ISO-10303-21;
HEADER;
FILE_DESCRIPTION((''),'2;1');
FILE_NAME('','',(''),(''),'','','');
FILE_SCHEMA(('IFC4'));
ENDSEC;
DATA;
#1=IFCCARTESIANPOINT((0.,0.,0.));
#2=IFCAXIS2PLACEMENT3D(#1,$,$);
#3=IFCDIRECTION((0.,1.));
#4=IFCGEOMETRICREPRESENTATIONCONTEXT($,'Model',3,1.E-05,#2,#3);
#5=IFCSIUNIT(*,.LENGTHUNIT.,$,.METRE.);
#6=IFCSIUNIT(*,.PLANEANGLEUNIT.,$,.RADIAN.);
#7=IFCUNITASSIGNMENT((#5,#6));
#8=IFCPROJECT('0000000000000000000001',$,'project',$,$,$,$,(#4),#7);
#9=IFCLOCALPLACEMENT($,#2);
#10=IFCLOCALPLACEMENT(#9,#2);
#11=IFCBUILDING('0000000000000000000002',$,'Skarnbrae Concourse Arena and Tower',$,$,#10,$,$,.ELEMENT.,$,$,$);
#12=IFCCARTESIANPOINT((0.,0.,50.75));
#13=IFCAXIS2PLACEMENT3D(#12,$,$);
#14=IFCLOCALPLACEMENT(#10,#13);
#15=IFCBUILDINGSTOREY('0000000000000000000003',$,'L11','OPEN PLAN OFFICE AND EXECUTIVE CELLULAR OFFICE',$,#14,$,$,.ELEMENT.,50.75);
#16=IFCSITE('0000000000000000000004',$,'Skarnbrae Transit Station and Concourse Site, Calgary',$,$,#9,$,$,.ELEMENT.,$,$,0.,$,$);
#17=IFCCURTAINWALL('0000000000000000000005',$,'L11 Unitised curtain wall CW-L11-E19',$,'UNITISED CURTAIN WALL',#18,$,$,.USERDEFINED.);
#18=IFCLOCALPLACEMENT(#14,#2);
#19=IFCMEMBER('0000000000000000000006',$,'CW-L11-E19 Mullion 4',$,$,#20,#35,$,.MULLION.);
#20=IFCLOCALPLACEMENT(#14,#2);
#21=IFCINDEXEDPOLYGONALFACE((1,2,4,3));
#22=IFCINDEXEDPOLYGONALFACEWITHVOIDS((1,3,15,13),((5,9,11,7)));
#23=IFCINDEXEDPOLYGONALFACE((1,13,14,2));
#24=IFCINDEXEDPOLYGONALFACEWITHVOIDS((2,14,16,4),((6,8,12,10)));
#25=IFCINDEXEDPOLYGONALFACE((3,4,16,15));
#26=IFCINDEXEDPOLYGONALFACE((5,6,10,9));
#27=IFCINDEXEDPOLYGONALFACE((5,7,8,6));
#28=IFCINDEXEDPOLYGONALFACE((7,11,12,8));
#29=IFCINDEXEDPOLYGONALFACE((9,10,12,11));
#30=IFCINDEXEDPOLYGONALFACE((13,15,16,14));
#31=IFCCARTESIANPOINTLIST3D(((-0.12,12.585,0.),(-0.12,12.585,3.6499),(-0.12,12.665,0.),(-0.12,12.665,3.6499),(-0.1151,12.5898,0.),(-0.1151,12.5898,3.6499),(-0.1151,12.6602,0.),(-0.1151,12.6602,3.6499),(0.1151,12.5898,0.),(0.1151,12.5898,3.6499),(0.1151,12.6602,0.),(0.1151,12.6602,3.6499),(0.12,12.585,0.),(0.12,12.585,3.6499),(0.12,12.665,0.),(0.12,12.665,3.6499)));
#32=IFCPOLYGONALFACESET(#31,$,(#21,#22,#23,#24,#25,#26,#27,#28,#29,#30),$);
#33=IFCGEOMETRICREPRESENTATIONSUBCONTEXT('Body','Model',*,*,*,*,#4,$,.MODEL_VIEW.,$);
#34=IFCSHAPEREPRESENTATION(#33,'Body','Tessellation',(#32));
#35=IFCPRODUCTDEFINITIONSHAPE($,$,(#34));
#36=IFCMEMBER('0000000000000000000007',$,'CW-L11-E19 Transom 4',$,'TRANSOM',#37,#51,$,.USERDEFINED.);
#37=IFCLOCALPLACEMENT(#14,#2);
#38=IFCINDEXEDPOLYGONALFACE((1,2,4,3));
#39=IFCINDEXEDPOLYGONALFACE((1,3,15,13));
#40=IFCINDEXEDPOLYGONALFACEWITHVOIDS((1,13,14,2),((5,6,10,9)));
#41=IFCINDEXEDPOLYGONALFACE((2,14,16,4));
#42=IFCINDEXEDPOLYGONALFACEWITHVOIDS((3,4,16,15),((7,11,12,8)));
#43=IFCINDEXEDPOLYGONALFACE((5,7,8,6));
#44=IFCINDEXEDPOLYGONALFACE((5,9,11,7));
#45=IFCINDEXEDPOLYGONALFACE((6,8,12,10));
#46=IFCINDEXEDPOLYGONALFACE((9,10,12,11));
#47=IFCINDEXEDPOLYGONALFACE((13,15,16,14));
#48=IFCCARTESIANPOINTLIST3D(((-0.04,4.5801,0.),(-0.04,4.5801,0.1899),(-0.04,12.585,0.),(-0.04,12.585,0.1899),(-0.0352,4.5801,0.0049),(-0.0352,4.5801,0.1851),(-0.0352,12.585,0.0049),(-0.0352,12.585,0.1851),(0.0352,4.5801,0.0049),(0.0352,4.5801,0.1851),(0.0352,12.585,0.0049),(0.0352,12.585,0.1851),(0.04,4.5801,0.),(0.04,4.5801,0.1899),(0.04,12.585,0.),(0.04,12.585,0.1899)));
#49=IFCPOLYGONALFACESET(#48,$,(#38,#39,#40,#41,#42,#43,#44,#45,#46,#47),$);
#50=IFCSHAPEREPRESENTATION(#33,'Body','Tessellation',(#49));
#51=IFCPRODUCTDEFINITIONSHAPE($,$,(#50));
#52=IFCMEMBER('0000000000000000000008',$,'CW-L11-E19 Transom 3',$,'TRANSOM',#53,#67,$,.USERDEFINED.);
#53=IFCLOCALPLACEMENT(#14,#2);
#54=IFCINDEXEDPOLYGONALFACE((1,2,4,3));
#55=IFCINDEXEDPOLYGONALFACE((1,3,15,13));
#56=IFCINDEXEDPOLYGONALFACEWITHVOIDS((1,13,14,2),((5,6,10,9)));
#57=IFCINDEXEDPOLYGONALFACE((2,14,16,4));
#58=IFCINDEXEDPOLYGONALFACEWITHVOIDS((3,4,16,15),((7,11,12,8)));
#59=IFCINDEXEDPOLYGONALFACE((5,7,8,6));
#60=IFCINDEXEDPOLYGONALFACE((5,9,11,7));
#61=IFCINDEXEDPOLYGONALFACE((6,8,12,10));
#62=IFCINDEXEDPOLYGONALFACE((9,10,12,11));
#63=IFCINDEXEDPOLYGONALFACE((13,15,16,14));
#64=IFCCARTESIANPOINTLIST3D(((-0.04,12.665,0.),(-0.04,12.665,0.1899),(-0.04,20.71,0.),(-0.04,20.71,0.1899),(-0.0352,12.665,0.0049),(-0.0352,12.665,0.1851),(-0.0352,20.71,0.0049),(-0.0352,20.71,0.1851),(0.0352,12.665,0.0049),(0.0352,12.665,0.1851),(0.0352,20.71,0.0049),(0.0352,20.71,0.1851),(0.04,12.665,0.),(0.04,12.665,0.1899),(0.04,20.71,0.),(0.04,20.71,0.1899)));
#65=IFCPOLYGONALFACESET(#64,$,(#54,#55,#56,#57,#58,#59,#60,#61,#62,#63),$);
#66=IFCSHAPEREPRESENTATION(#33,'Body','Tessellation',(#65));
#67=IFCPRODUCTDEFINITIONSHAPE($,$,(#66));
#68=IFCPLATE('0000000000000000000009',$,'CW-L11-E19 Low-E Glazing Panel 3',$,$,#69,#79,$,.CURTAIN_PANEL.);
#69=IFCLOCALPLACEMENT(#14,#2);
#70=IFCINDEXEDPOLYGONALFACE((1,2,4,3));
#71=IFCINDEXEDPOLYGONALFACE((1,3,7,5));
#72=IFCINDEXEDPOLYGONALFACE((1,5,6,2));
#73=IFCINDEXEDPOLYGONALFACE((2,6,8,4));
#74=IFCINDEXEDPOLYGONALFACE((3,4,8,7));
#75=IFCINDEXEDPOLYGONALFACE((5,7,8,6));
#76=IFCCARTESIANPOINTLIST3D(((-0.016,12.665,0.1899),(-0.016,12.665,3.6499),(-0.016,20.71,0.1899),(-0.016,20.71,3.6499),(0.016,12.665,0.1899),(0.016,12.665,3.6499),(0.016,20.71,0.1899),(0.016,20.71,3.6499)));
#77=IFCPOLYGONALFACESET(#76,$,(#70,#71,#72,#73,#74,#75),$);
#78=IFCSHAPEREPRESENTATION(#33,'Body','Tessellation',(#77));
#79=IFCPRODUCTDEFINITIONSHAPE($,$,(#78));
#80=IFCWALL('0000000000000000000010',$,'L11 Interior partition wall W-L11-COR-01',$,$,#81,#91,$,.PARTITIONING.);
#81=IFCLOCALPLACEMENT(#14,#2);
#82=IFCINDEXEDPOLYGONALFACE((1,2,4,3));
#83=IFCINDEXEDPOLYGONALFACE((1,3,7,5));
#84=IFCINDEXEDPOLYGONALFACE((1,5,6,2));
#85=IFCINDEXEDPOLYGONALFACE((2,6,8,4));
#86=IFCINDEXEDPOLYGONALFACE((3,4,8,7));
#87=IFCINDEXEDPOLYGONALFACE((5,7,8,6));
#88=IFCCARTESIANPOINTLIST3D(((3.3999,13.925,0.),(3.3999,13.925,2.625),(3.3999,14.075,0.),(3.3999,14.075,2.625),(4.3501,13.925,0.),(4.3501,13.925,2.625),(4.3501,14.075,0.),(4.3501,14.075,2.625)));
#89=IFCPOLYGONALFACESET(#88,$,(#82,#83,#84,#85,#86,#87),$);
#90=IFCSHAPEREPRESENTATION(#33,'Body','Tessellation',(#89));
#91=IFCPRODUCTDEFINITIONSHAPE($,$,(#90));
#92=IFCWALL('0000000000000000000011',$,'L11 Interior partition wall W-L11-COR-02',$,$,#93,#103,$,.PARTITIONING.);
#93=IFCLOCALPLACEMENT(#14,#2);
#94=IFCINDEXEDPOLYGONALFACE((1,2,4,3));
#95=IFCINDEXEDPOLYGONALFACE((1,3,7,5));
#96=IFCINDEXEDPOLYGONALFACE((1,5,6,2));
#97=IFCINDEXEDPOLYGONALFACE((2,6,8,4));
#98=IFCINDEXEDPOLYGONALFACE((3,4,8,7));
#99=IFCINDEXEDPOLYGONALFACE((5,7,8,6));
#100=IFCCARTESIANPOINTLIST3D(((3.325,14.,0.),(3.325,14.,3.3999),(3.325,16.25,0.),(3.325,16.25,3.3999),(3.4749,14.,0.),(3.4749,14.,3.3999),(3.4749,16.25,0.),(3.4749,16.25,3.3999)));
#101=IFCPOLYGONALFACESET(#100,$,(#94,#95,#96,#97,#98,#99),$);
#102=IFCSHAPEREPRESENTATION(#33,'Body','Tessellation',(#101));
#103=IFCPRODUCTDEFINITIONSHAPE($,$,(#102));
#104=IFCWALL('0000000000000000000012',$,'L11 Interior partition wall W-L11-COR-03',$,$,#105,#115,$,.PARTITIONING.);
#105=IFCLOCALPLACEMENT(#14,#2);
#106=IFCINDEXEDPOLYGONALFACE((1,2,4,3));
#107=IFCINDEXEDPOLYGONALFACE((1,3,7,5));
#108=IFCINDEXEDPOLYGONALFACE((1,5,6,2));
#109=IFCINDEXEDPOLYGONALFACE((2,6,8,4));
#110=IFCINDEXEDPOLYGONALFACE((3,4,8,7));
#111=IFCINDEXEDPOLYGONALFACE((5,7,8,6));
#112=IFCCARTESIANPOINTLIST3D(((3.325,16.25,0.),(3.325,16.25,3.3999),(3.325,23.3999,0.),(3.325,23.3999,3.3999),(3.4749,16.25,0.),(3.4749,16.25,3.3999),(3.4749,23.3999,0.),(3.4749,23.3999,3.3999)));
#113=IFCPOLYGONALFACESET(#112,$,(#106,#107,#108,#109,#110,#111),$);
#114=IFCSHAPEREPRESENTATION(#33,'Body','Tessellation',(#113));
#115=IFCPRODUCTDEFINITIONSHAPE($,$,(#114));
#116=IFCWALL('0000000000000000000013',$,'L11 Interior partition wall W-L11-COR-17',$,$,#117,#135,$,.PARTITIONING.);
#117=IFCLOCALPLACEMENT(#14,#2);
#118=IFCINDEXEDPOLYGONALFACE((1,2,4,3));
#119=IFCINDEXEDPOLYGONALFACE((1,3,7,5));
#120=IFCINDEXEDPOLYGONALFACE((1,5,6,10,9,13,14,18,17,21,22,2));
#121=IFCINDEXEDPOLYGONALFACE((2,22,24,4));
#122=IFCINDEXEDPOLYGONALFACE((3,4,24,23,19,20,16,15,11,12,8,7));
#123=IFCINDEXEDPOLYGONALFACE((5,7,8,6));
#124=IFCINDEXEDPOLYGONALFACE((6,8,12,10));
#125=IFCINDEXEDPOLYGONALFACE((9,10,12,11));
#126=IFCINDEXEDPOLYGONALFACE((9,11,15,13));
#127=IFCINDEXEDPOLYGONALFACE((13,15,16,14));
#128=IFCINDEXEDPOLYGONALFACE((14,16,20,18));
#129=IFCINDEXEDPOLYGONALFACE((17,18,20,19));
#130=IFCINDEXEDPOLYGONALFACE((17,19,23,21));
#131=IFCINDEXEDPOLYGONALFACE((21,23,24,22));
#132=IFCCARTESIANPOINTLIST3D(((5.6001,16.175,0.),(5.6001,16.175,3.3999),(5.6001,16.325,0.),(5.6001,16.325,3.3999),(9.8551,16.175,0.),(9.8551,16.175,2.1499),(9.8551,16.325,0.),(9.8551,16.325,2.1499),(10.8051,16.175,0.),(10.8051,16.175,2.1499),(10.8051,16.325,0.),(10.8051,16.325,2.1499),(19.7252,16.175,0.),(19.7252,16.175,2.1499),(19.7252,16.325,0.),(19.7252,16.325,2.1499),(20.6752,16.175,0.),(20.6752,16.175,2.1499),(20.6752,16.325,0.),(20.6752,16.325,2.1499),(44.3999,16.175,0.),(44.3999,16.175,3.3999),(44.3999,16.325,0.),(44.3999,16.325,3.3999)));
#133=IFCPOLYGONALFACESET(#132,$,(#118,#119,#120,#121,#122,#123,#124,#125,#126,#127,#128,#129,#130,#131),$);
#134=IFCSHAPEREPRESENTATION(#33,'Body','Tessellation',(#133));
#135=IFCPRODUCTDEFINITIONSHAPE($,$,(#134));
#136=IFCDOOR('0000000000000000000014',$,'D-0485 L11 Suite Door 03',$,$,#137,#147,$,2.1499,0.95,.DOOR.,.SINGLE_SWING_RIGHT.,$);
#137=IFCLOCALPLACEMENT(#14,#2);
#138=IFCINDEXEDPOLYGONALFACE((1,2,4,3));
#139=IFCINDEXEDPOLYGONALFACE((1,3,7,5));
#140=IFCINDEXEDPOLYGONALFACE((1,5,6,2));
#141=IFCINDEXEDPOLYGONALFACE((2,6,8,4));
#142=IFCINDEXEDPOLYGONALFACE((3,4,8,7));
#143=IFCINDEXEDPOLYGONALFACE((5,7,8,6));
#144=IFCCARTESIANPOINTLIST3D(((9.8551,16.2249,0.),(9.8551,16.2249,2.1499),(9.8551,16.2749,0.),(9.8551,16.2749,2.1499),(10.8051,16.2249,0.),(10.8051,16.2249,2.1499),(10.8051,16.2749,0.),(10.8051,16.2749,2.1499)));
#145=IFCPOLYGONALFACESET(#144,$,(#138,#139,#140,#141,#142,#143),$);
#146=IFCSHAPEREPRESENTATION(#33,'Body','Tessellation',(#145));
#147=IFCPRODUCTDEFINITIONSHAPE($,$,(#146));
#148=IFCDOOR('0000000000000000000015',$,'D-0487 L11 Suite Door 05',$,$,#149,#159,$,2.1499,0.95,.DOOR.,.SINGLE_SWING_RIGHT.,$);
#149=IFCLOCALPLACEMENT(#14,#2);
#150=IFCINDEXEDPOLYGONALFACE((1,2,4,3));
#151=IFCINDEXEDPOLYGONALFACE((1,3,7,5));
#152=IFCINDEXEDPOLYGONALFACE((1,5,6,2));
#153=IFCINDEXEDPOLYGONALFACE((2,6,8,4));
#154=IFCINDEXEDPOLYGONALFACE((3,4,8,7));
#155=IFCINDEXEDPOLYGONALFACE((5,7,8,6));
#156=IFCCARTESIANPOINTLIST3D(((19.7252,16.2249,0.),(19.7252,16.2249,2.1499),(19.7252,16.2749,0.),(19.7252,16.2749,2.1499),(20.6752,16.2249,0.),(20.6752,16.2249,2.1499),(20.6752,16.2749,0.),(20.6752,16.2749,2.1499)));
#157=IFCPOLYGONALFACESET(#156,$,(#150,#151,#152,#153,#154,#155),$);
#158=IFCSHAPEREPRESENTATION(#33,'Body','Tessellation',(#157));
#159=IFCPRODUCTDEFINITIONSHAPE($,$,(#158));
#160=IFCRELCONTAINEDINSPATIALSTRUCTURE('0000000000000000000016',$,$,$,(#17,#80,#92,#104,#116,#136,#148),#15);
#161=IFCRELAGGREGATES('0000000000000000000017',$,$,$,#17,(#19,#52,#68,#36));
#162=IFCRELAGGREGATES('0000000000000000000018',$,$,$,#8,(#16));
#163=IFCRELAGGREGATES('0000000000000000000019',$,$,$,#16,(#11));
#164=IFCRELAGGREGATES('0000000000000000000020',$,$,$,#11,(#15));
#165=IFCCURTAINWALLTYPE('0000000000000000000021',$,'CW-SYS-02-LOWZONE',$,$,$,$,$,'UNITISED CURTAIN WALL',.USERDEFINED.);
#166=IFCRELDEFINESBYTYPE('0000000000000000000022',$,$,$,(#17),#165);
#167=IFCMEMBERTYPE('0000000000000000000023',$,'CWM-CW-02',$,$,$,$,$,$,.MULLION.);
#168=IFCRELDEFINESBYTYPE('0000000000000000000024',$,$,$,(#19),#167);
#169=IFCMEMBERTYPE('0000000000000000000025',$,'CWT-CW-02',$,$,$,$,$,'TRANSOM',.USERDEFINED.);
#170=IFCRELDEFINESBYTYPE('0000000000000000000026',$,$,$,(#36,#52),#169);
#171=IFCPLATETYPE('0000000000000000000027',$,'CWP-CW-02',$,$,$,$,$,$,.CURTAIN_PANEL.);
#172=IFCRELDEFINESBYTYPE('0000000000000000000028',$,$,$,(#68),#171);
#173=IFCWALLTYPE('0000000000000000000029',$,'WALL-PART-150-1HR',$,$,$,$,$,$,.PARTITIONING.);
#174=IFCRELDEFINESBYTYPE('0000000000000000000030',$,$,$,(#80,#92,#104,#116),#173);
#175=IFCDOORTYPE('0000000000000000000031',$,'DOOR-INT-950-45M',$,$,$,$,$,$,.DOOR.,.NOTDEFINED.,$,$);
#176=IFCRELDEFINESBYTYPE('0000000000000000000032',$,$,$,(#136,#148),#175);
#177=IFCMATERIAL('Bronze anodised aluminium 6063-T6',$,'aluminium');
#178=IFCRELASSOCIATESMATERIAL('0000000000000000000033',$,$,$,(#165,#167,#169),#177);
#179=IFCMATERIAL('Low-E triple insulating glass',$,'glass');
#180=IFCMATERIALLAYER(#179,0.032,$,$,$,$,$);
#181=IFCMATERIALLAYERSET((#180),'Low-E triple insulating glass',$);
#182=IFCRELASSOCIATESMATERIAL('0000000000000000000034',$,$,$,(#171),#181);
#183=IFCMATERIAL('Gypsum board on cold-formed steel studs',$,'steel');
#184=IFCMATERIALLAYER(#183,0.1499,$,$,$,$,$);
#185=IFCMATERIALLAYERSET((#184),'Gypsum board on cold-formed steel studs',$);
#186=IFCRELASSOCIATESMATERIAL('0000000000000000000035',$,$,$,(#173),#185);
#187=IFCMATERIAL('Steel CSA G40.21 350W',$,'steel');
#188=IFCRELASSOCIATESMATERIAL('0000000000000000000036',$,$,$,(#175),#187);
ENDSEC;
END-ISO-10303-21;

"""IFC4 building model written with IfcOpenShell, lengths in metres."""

from ifc_helpers import new_model, si_unit, direction, frame, frame_2d, origin, origin_2d, place, context, subcontext, project, spatial, rectangle, hollow_rectangle, extrude, source, transform, mapped, material, layer, layer_set, material_profile, profile_set, type_object, element, fill, aggregate, save


model = new_model("IFC4")

# Units and contexts
model_context = context("Model", 3, precision=1e-05, world=origin(), true_north=direction((0.0, 1.0)))
body_context = subcontext(model_context, "Body", "Model", "MODEL_VIEW")
ifc_project = project(units=[si_unit("LENGTHUNIT", "METRE"), si_unit("PLANEANGLEUNIT", "RADIAN")], contexts=[model_context])

# Site, building, storey
site_placement = place(None, origin())
site = spatial("IfcSite", under=ifc_project, at=site_placement, Name="Skarnbrae Transit Station and Concourse Site, Calgary", CompositionType="ELEMENT", RefElevation=0.0)
building_placement = place(site_placement, origin())
building = spatial("IfcBuilding", under=site, at=building_placement, Name="Skarnbrae Concourse Arena and Tower", CompositionType="ELEMENT")
storey_placement = place(building_placement, frame((0.0, 0.0, 50.75)))
storey = spatial("IfcBuildingStorey", under=building, at=storey_placement, Name="L11", Description="OPEN PLAN OFFICE AND EXECUTIVE CELLULAR OFFICE", CompositionType="ELEMENT", Elevation=50.75)

# Shared definitions
ifc_material_1 = material(Name="Steel CSA G40.21 350W", Category="steel")

# Curtain wall, members, plate
ifc_material_2 = material(Name="Bronze anodised aluminium 6063-T6", Category="aluminium")
curtain_wall_type = type_object("IfcCurtainWallType", Name="CW-SYS-02-LOWZONE", ElementType="UNITISED CURTAIN WALL", PredefinedType="USERDEFINED", material=ifc_material_2)
curtain_wall_placement = place(storey_placement, origin())
curtain_wall = element("IfcCurtainWall", 1, at=curtain_wall_placement, inside=storey, type_object=curtain_wall_type, Name="L11 Unitised curtain wall CW-L11-E19", ObjectType="UNITISED CURTAIN WALL", PredefinedType="USERDEFINED")
ifc_material_profile_1 = material_profile(ifc_material_2, hollow_rectangle(XDim=0.0801, YDim=0.24, WallThickness=0.0049, at=origin_2d()), Name="ALU-MULL-80X240")
ifc_profile_set_1 = profile_set([ifc_material_profile_1], Name="Bronze anodised aluminium 6063-T6")
member_type_1 = type_object("IfcMemberType", Name="CWM-CW-02", PredefinedType="MULLION", material=ifc_profile_set_1)
shared_shape_1 = source(origin(), body_context, "Body", "SweptSolid", [
    extrude(hollow_rectangle(XDim=0.0801, YDim=0.24, WallThickness=0.0049, at=origin_2d()), origin(), (0.0, 0.0, 1.0), 3.6499),
])
member_1_placement = place(storey_placement, frame((0.0, 12.625, 0.0), z_axis=(0.0, 0.0, 1.0), x_axis=(0.0, -1.0, 0.0)))
member_1 = element("IfcMember", 2, at=member_1_placement, type_object=member_type_1, Name="CW-L11-E19 Mullion 4", PredefinedType="MULLION", context=body_context, shape_type="MappedRepresentation", body=[
    mapped(shared_shape_1, transform((0.0, 0.0, 0.0))),
])
ifc_material_profile_2 = material_profile(ifc_material_2, hollow_rectangle(XDim=0.0801, YDim=0.1899, WallThickness=0.0049, at=origin_2d()), Name="ALU-TRAN-80X190")
ifc_profile_set_2 = profile_set([ifc_material_profile_2], Name="Bronze anodised aluminium 6063-T6")
member_type_2 = type_object("IfcMemberType", Name="CWT-CW-02", ElementType="TRANSOM", PredefinedType="USERDEFINED", material=ifc_profile_set_2)
shared_shape_2 = source(origin(), body_context, "Body", "SweptSolid", [
    extrude(hollow_rectangle(XDim=0.0801, YDim=0.1899, WallThickness=0.0049, at=origin_2d()), origin(), (0.0, 0.0, 1.0), 8.0049),
])
member_2_placement = place(storey_placement, frame((0.0, 12.585, 0.095), z_axis=(0.0, -1.0, 0.0), x_axis=(1.0, 0.0, 0.0)))
member_2 = element("IfcMember", 3, at=member_2_placement, type_object=member_type_2, Name="CW-L11-E19 Transom 4", ObjectType="TRANSOM", PredefinedType="USERDEFINED", context=body_context, shape_type="MappedRepresentation", body=[
    mapped(shared_shape_2, transform((0.0, 0.0, 0.0))),
])
shared_shape_3 = source(origin(), body_context, "Body", "SweptSolid", [
    extrude(hollow_rectangle(XDim=0.0801, YDim=0.1899, WallThickness=0.0049, at=origin_2d()), origin(), (0.0, 0.0, 1.0), 8.0449),
])
member_3_placement = place(storey_placement, frame((0.0, 20.71, 0.095), z_axis=(0.0, -1.0, 0.0), x_axis=(1.0, 0.0, 0.0)))
member_3 = element("IfcMember", 4, at=member_3_placement, type_object=member_type_2, Name="CW-L11-E19 Transom 3", ObjectType="TRANSOM", PredefinedType="USERDEFINED", context=body_context, shape_type="MappedRepresentation", body=[
    mapped(shared_shape_3, transform((0.0, 0.0, 0.0))),
])
ifc_material_3 = material(Name="Low-E triple insulating glass", Category="glass")
ifc_layer_1 = layer(ifc_material_3, 0.032)
ifc_layer_set_1 = layer_set([ifc_layer_1], Name="Low-E triple insulating glass")
plate_type = type_object("IfcPlateType", Name="CWP-CW-02", PredefinedType="CURTAIN_PANEL", material=ifc_layer_set_1)
shared_shape_4 = source(origin(), body_context, "Body", "SweptSolid", [
    extrude(rectangle(XDim=8.0449, YDim=0.032, at=origin_2d()), origin(), (0.0, 0.0, 1.0), 3.46),
])
plate_placement = place(storey_placement, frame((0.0, 16.6875, 0.1899), z_axis=(0.0, 0.0, 1.0), x_axis=(0.0, -1.0, 0.0)))
plate = element("IfcPlate", 5, at=plate_placement, type_object=plate_type, Name="CW-L11-E19 Low-E Glazing Panel 3", PredefinedType="CURTAIN_PANEL", context=body_context, shape_type="MappedRepresentation", body=[
    mapped(shared_shape_4, transform((0.0, 0.0, 0.0))),
])
aggregate(curtain_wall, [member_1, member_3, plate, member_2])

# Walls
ifc_material_4 = material(Name="Gypsum board on cold-formed steel studs", Category="steel")
ifc_layer_2 = layer(ifc_material_4, 0.1499)
ifc_layer_set_2 = layer_set([ifc_layer_2], Name="Gypsum board on cold-formed steel studs")
wall_type_1 = type_object("IfcWallType", Name="WALL-PART-150-1HR", PredefinedType="PARTITIONING", material=ifc_layer_set_2)
shared_shape_5 = source(origin(), body_context, "Body", "SweptSolid", [
    extrude(rectangle(XDim=0.9502, YDim=0.1499, at=frame_2d((0.4751, 0.0))), origin(), (0.0, 0.0, 1.0), 2.625),
])
wall_1_placement = place(storey_placement, frame((4.3501, 14.0, 0.0), z_axis=(0.0, 0.0, 1.0), x_axis=(-1.0, 0.0, 0.0)))
element("IfcWall", 6, at=wall_1_placement, inside=storey, type_object=wall_type_1, Name="L11 Interior partition wall W-L11-COR-01", PredefinedType="PARTITIONING", context=body_context, shape_type="MappedRepresentation", body=[
    mapped(shared_shape_5, transform((0.0, 0.0, 0.0))),
])
shared_shape_6 = source(origin(), body_context, "Body", "SweptSolid", [
    extrude(rectangle(XDim=2.25, YDim=0.1499, at=frame_2d((1.125, 0.0))), origin(), (0.0, 0.0, 1.0), 3.3999),
])
wall_2_placement = place(storey_placement, frame((3.3999, 14.0, 0.0), z_axis=(0.0, 0.0, 1.0), x_axis=(0.0, 1.0, 0.0)))
element("IfcWall", 7, at=wall_2_placement, inside=storey, type_object=wall_type_1, Name="L11 Interior partition wall W-L11-COR-02", PredefinedType="PARTITIONING", context=body_context, shape_type="MappedRepresentation", body=[
    mapped(shared_shape_6, transform((0.0, 0.0, 0.0))),
])
shared_shape_7 = source(origin(), body_context, "Body", "SweptSolid", [
    extrude(rectangle(XDim=7.1499, YDim=0.1499, at=frame_2d((3.575, 0.0))), origin(), (0.0, 0.0, 1.0), 3.3999),
])
wall_3_placement = place(storey_placement, frame((3.3999, 16.25, 0.0), z_axis=(0.0, 0.0, 1.0), x_axis=(0.0, 1.0, 0.0)))
element("IfcWall", 8, at=wall_3_placement, inside=storey, type_object=wall_type_1, Name="L11 Interior partition wall W-L11-COR-03", PredefinedType="PARTITIONING", context=body_context, shape_type="MappedRepresentation", body=[
    mapped(shared_shape_7, transform((0.0, 0.0, 0.0))),
])

# Wall, openings, doors
shared_shape_8 = source(origin(), body_context, "Body", "SweptSolid", [
    extrude(rectangle(XDim=38.7998, YDim=0.1499, at=frame_2d((19.3999, 0.0))), origin(), (0.0, 0.0, 1.0), 3.3999),
])
wall_4_placement = place(storey_placement, frame((5.6001, 16.25, 0.0), z_axis=(0.0, 0.0, 1.0), x_axis=(1.0, 0.0, 0.0)))
wall_4 = element("IfcWall", 9, at=wall_4_placement, inside=storey, type_object=wall_type_1, Name="L11 Interior partition wall W-L11-COR-17", PredefinedType="PARTITIONING", context=body_context, shape_type="MappedRepresentation", body=[
    mapped(shared_shape_8, transform((0.0, 0.0, 0.0))),
])
opening_1_placement = place(wall_4_placement, frame((4.2549, 0.0, 0.0)))
opening_1 = element("IfcOpeningElement", 10, at=opening_1_placement, cuts=wall_4, PredefinedType="OPENING", context=body_context, shape_type="SweptSolid", body=[
    extrude(rectangle(XDim=0.95, YDim=2.1499, at=frame_2d((0.4751, 1.075))), frame((0.0, 0.085, 0.0), z_axis=(0.0, -1.0, 0.0), x_axis=(1.0, 0.0, 0.0)), (0.0, 0.0, 1.0), 0.1699),
])
opening_2_placement = place(wall_4_placement, frame((14.125, 0.0, 0.0)))
opening_2 = element("IfcOpeningElement", 11, at=opening_2_placement, cuts=wall_4, PredefinedType="OPENING", context=body_context, shape_type="SweptSolid", body=[
    extrude(rectangle(XDim=0.95, YDim=2.1499, at=frame_2d((0.4751, 1.075))), frame((0.0, 0.085, 0.0), z_axis=(0.0, -1.0, 0.0), x_axis=(1.0, 0.0, 0.0)), (0.0, 0.0, 1.0), 0.1699),
])
door_type_1 = type_object("IfcDoorType", Name="DOOR-INT-950-45M", OperationType="NOTDEFINED", PredefinedType="DOOR", material=ifc_material_1)
shared_shape_9 = source(origin(), body_context, "Body", "SweptSolid", [
    extrude(rectangle(XDim=0.95, YDim=2.1499, at=frame_2d((0.4751, 1.075))), frame((0.0, 0.0249, 0.0), z_axis=(0.0, -1.0, 0.0), x_axis=(1.0, 0.0, 0.0)), (0.0, 0.0, 1.0), 0.05),
])
door_1_placement = place(opening_1_placement, origin())
door_1 = element("IfcDoor", 12, at=door_1_placement, inside=storey, type_object=door_type_1, Name="D-0485 L11 Suite Door 03", OperationType="SINGLE_SWING_RIGHT", OverallHeight=2.1499, OverallWidth=0.95, PredefinedType="DOOR", context=body_context, shape_type="MappedRepresentation", body=[
    mapped(shared_shape_9, transform((0.0, 0.0, 0.0))),
])
fill(opening_1, door_1)
door_2_placement = place(opening_2_placement, origin())
door_2 = element("IfcDoor", 13, at=door_2_placement, inside=storey, type_object=door_type_1, Name="D-0487 L11 Suite Door 05", OperationType="SINGLE_SWING_RIGHT", OverallHeight=2.1499, OverallWidth=0.95, PredefinedType="DOOR", context=body_context, shape_type="MappedRepresentation", body=[
    mapped(shared_shape_9, transform((0.0, 0.0, 0.0))),
])
fill(opening_2, door_2)

save(model, "model.ifc")
